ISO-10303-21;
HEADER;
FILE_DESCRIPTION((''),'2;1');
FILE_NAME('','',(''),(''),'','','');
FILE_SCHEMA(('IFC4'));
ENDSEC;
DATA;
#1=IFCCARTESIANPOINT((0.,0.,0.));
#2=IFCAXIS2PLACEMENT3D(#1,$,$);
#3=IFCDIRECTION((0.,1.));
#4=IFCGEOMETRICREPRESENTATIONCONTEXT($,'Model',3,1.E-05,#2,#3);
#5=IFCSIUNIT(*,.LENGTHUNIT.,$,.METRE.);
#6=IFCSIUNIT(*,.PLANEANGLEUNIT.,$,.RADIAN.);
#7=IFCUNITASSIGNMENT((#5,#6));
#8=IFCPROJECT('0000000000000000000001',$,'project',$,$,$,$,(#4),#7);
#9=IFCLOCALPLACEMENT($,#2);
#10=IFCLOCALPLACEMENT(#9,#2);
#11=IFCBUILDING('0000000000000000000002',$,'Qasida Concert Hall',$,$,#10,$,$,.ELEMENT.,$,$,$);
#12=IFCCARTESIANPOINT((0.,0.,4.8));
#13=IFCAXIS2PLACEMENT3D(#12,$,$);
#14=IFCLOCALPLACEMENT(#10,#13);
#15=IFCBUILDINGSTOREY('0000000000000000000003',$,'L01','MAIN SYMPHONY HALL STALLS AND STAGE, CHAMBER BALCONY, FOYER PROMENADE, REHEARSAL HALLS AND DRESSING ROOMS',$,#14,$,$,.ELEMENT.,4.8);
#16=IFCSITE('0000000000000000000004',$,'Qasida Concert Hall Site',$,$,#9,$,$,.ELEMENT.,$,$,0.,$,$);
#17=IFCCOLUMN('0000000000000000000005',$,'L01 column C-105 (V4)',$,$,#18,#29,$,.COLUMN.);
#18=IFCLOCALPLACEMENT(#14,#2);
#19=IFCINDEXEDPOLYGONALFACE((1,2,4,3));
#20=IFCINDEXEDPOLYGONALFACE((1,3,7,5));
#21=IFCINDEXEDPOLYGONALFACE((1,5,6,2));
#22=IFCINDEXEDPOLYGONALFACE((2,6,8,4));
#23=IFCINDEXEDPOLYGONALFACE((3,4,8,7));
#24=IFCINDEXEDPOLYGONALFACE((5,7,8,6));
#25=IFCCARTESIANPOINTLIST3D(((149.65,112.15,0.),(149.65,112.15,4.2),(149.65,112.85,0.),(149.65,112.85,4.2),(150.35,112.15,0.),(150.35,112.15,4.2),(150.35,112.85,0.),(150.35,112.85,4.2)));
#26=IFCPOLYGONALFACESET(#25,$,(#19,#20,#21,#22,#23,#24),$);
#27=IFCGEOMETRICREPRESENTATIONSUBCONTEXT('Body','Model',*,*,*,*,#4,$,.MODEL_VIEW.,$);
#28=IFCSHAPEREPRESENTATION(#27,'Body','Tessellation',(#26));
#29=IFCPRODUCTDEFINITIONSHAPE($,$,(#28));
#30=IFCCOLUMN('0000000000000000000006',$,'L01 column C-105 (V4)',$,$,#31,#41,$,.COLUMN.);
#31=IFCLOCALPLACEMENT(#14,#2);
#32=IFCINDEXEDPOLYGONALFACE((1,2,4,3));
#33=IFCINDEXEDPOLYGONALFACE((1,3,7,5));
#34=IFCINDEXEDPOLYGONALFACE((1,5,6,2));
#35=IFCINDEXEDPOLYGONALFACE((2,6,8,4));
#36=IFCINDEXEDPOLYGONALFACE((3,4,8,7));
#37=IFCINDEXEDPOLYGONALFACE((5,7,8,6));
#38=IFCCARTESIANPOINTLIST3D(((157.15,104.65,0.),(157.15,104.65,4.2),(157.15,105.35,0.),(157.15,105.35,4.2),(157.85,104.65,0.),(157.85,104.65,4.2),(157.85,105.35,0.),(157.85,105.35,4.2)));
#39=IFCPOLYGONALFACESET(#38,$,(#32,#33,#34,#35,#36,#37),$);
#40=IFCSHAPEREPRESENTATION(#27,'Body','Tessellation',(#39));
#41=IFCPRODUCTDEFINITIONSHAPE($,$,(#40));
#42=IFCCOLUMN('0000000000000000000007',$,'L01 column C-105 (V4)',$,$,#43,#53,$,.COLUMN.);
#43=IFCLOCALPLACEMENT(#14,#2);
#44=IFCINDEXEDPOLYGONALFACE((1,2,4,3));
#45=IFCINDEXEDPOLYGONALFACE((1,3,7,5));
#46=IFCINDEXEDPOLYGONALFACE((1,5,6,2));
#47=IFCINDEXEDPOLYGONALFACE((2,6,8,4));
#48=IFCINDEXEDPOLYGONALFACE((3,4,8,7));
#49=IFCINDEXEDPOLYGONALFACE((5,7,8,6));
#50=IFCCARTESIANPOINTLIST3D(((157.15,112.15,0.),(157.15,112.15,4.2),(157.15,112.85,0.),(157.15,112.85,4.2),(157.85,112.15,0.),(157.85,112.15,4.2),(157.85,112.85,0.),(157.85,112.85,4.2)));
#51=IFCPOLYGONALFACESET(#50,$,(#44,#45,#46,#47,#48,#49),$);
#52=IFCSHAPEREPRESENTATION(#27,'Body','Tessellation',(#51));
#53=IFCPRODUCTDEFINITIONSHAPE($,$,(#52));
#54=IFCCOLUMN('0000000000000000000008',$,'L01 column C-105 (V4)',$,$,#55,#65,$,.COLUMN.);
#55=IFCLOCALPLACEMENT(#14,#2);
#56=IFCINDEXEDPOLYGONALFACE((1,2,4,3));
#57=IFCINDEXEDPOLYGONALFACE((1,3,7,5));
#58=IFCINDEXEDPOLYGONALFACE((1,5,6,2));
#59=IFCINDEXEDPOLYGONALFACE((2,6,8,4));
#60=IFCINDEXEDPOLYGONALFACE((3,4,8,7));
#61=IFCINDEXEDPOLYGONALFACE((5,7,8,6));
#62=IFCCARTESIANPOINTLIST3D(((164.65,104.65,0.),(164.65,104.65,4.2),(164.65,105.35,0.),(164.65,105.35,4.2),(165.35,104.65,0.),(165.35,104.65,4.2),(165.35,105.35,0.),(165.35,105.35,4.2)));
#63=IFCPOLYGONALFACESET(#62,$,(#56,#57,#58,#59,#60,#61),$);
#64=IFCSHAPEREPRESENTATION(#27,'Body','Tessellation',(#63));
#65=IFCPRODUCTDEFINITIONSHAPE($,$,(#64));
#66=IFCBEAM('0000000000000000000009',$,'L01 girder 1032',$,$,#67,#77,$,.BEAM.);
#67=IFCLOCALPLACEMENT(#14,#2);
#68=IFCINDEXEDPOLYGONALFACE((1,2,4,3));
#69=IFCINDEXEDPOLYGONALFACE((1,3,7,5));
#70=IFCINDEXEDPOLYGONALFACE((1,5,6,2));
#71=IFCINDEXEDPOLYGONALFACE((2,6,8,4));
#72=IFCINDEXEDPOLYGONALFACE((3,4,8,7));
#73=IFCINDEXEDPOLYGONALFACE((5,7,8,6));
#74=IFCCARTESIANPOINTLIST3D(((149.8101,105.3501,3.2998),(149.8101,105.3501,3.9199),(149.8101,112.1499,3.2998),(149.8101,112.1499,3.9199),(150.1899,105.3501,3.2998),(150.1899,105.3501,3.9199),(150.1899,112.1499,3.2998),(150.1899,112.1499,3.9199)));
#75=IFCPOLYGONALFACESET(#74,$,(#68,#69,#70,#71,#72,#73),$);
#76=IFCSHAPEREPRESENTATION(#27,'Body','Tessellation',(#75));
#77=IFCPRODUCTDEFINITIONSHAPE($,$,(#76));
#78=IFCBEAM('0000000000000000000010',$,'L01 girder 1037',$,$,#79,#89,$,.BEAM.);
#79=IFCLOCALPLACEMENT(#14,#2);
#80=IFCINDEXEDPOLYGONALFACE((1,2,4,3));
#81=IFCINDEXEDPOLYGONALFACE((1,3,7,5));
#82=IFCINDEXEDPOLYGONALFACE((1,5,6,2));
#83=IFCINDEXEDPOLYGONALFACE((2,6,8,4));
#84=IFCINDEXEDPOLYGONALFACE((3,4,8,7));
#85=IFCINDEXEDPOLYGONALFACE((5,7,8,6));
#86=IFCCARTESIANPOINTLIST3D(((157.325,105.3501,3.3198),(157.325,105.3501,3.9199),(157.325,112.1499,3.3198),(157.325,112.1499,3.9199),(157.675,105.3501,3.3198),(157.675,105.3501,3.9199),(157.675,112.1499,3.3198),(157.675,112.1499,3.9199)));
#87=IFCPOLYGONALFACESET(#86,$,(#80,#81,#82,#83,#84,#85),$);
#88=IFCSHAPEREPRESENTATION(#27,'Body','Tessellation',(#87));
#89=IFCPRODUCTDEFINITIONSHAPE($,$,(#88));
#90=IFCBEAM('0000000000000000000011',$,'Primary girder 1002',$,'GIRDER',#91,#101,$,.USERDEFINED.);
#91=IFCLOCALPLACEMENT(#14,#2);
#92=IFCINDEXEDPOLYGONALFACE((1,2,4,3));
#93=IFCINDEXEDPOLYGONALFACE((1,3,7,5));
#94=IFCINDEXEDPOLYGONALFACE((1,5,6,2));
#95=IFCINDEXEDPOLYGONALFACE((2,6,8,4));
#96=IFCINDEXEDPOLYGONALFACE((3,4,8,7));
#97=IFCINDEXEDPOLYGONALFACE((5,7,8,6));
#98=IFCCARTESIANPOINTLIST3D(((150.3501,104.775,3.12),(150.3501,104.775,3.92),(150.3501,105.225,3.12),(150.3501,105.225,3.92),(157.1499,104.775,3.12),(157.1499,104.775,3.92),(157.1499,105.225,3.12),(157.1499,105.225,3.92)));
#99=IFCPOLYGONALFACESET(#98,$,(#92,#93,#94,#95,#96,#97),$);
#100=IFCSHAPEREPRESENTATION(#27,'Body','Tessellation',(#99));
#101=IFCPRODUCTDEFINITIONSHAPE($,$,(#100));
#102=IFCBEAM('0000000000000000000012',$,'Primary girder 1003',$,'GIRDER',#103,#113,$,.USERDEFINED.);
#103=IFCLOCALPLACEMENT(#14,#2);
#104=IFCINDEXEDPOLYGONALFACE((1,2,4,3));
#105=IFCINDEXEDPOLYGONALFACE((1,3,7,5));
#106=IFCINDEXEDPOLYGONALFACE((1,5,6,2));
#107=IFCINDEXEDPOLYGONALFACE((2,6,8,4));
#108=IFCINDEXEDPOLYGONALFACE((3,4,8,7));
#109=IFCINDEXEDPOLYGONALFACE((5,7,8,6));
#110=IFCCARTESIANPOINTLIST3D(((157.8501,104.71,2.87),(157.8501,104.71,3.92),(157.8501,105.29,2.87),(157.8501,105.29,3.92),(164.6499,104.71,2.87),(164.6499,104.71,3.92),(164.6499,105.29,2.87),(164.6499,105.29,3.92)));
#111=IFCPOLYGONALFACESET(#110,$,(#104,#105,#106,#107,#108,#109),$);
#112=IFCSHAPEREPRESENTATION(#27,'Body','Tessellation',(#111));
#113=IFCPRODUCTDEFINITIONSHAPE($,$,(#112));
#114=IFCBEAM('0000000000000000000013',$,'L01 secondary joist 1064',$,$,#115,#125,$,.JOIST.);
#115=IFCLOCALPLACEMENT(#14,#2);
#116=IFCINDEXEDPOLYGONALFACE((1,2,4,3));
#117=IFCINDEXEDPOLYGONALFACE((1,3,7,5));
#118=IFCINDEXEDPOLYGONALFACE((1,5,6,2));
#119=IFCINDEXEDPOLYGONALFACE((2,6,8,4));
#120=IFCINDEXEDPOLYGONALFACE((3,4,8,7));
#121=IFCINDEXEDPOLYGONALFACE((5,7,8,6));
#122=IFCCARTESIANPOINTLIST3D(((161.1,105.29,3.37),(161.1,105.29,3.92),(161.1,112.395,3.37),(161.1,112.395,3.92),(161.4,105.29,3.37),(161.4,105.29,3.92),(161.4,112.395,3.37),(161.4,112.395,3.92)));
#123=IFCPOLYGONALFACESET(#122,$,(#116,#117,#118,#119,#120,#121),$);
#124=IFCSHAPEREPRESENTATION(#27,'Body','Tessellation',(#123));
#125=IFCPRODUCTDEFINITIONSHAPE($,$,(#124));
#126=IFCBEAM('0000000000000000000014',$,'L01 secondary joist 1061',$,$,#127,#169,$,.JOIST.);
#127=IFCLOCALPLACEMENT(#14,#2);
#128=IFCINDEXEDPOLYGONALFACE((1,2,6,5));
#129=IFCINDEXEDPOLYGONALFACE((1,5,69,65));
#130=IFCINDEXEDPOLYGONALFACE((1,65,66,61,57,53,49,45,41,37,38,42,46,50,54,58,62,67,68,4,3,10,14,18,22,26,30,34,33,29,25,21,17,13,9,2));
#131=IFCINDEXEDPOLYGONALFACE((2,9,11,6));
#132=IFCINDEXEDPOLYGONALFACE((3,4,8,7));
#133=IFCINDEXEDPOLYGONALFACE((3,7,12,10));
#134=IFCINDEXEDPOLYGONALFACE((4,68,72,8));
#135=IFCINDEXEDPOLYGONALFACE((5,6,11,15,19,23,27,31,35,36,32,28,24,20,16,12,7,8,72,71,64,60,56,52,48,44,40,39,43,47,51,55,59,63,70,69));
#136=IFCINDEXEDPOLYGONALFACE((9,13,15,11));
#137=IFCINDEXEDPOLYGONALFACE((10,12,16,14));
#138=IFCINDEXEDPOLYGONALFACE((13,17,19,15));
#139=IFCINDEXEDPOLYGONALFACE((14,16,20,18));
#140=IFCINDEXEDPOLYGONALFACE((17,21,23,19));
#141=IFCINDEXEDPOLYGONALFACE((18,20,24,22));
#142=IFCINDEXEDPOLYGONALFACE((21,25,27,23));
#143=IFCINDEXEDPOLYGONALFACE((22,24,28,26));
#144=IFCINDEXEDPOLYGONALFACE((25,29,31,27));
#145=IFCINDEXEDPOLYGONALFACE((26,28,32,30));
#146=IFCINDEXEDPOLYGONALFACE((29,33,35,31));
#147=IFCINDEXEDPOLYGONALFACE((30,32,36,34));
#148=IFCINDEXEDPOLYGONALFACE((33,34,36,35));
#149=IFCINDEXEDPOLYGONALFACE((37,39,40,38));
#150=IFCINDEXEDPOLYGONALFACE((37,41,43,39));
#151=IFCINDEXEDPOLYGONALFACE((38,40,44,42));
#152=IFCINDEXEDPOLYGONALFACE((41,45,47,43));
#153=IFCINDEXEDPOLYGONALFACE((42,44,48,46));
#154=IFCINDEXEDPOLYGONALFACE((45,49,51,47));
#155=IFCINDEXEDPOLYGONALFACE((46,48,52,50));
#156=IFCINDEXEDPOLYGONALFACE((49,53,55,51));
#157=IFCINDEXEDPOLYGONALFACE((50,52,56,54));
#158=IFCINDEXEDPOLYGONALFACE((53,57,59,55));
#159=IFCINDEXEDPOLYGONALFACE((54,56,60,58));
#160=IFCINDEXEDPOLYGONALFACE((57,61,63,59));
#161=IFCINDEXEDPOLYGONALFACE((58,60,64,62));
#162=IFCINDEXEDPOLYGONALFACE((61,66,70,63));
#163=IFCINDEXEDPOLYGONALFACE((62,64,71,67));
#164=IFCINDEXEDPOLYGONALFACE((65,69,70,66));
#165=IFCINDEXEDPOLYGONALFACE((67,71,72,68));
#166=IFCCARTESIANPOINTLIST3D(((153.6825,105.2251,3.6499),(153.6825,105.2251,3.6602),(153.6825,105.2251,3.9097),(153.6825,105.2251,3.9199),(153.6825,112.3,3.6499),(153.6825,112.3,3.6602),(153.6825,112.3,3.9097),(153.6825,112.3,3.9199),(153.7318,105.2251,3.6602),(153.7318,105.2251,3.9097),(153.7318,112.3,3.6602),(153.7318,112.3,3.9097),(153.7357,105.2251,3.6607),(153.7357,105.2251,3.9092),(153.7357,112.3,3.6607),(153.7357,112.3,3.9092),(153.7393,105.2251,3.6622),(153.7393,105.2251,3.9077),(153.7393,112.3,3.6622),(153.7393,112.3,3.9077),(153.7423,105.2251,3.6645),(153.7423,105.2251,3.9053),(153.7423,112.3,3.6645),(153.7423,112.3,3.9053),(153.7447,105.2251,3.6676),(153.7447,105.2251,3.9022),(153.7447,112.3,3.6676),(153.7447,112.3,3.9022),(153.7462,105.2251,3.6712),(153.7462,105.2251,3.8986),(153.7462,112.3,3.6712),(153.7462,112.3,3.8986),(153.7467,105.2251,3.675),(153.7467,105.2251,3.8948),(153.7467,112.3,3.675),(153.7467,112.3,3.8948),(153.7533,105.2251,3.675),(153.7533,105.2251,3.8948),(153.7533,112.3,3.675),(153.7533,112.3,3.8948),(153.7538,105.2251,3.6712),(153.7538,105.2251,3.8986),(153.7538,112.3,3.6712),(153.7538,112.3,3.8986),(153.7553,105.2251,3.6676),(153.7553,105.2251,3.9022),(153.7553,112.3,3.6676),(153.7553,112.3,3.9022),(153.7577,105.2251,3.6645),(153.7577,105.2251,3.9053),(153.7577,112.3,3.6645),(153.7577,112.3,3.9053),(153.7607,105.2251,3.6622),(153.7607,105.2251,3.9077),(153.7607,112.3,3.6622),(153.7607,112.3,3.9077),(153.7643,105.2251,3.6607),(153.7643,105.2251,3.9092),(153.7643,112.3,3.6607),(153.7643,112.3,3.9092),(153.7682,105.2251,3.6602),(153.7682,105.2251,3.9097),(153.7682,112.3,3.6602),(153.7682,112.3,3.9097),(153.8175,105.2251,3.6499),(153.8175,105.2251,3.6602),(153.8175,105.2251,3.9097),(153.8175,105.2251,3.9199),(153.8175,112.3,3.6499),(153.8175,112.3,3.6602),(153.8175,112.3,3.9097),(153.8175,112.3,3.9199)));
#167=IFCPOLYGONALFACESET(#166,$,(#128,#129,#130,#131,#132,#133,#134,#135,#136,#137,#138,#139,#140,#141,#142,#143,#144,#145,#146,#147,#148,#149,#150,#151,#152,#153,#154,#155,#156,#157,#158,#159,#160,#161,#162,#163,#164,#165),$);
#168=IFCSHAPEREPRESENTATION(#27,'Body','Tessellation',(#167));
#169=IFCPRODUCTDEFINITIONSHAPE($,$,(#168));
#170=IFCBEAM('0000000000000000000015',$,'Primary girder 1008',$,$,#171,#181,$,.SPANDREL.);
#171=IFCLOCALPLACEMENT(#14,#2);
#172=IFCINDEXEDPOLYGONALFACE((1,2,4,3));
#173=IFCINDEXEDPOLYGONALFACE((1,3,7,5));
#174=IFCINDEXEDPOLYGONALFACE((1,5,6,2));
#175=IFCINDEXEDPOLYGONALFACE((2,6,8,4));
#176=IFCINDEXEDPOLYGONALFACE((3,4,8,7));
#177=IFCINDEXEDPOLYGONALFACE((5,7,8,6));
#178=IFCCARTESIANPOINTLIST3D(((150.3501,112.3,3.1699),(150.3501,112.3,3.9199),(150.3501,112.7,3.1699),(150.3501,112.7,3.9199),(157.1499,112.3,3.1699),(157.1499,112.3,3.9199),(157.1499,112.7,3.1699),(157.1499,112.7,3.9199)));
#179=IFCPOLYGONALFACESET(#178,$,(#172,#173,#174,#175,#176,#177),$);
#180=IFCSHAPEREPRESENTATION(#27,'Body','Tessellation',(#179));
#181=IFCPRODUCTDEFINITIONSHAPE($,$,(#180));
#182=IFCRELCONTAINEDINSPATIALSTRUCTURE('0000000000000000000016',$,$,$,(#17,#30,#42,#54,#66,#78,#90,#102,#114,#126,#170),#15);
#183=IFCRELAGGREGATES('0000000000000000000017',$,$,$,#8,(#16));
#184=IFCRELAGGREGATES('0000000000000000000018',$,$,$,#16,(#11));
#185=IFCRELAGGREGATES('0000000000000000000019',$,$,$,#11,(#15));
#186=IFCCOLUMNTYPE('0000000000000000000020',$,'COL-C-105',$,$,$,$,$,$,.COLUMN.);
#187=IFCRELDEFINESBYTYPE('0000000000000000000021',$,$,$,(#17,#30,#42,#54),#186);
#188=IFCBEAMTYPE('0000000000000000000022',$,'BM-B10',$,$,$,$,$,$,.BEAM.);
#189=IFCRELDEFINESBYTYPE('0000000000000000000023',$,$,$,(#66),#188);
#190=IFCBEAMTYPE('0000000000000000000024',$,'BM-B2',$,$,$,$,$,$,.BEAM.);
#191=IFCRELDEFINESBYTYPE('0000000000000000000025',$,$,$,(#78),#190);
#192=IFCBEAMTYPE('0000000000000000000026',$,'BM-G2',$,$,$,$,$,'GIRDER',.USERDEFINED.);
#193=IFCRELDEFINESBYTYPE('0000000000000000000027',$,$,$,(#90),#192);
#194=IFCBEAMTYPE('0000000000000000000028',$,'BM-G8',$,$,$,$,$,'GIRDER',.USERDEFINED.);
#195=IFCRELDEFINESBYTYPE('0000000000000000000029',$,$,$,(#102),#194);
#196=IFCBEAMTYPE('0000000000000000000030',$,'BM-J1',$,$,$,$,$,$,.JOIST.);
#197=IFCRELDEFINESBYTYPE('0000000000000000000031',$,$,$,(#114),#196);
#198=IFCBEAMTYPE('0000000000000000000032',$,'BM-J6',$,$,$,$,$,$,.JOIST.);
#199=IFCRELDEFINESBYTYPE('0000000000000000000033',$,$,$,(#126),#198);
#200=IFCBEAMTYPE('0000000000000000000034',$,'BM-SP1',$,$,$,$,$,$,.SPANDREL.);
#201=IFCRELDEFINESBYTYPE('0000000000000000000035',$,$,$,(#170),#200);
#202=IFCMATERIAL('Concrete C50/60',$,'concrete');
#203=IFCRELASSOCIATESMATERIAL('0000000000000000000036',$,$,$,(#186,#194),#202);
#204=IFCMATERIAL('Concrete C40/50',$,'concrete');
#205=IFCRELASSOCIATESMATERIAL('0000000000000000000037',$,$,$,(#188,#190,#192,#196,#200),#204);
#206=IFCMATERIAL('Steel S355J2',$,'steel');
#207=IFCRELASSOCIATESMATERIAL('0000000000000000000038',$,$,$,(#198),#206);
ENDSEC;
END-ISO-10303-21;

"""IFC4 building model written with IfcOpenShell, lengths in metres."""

from ifc_helpers import new_model, si_unit, direction, frame, origin, origin_2d, place, context, subcontext, project, spatial, rectangle, i_section, extrude, material, material_profile, profile_set, type_object, element, save


model = new_model("IFC4")

# Units and contexts
model_context = context("Model", 3, precision=1e-05, world=origin(), true_north=direction((0.0, 1.0)))
body_context = subcontext(model_context, "Body", "Model", "MODEL_VIEW")
ifc_project = project(units=[si_unit("LENGTHUNIT", "METRE"), si_unit("PLANEANGLEUNIT", "RADIAN")], contexts=[model_context])

# Site, building, storey
site_placement = place(None, origin())
site = spatial("IfcSite", under=ifc_project, at=site_placement, Name="Qasida Concert Hall Site", CompositionType="ELEMENT", RefElevation=0.0)
building_placement = place(site_placement, origin())
building = spatial("IfcBuilding", under=site, at=building_placement, Name="Qasida Concert Hall", CompositionType="ELEMENT")
storey_placement = place(building_placement, frame((0.0, 0.0, 4.8)))
storey = spatial("IfcBuildingStorey", under=building, at=storey_placement, Name="L01", Description="MAIN SYMPHONY HALL STALLS AND STAGE, CHAMBER BALCONY, FOYER PROMENADE, REHEARSAL HALLS AND DRESSING ROOMS", CompositionType="ELEMENT", Elevation=4.8)

# Columns
ifc_material_1 = material(Name="Concrete C50/60", Category="concrete")
ifc_material_profile_1 = material_profile(ifc_material_1, rectangle(XDim=0.7, YDim=0.7, at=origin_2d()), Name="RC 700x700")
ifc_profile_set_1 = profile_set([ifc_material_profile_1], Name="Concrete C50/60")
column_type = type_object("IfcColumnType", Name="COL-C-105", PredefinedType="COLUMN", material=ifc_profile_set_1)
for number, where, z_axis, x_axis, name in (
    (1, (150.0, 112.5, 0.0), (0.0, 0.0, 1.0), (1.0, 0.0, 0.0), "L01 column C-105 (V4)"),
    (2, (157.5, 105.0, 0.0), (0.0, 0.0, 1.0), (1.0, 0.0, 0.0), "L01 column C-105 (V4)"),
    (3, (157.5, 112.5, 0.0), (0.0, 0.0, 1.0), (1.0, 0.0, 0.0), "L01 column C-105 (V4)"),
    (4, (165.0, 105.0, 0.0), (0.0, 0.0, 1.0), (1.0, 0.0, 0.0), "L01 column C-105 (V4)"),
):
    element("IfcColumn", number, at=place(storey_placement, frame(where, z_axis=z_axis, x_axis=x_axis)), inside=storey, type_object=column_type, Name=name, PredefinedType="COLUMN", context=body_context, shape_type="SweptSolid", body=[
        extrude(rectangle(XDim=0.7, YDim=0.7, at=origin_2d()), origin(), (0.0, 0.0, 1.0), 4.2),
    ])

# Beams
ifc_material_2 = material(Name="Concrete C40/50", Category="concrete")
ifc_material_profile_2 = material_profile(ifc_material_2, rectangle(XDim=0.3799, YDim=0.6201, at=origin_2d()), Name="RC 380x620")
ifc_profile_set_2 = profile_set([ifc_material_profile_2], Name="Concrete C40/50")
beam_type_1 = type_object("IfcBeamType", Name="BM-B10", PredefinedType="BEAM", material=ifc_profile_set_2)
beam_1_placement = place(storey_placement, frame((150.0, 105.3501, 3.6099), z_axis=(0.0, 1.0, 0.0), x_axis=(-1.0, 0.0, 0.0)))
element("IfcBeam", 5, at=beam_1_placement, inside=storey, type_object=beam_type_1, Name="L01 girder 1032", PredefinedType="BEAM", context=body_context, shape_type="SweptSolid", body=[
    extrude(rectangle(XDim=0.3799, YDim=0.6201, at=origin_2d()), origin(), (0.0, 0.0, 1.0), 6.7998),
])
ifc_material_profile_3 = material_profile(ifc_material_2, rectangle(XDim=0.3501, YDim=0.6001, at=origin_2d()), Name="RC 350x600")
ifc_profile_set_3 = profile_set([ifc_material_profile_3], Name="Concrete C40/50")
beam_type_2 = type_object("IfcBeamType", Name="BM-B2", PredefinedType="BEAM", material=ifc_profile_set_3)
beam_2_placement = place(storey_placement, frame((157.5, 105.3501, 3.6199), z_axis=(0.0, 1.0, 0.0), x_axis=(-1.0, 0.0, 0.0)))
element("IfcBeam", 6, at=beam_2_placement, inside=storey, type_object=beam_type_2, Name="L01 girder 1037", PredefinedType="BEAM", context=body_context, shape_type="SweptSolid", body=[
    extrude(rectangle(XDim=0.3501, YDim=0.6001, at=origin_2d()), origin(), (0.0, 0.0, 1.0), 6.7998),
])
ifc_material_profile_4 = material_profile(ifc_material_2, rectangle(XDim=0.45, YDim=0.8, at=origin_2d()), Name="RC 450x800")
ifc_profile_set_4 = profile_set([ifc_material_profile_4], Name="Concrete C40/50")
beam_type_3 = type_object("IfcBeamType", Name="BM-G2", ElementType="GIRDER", PredefinedType="USERDEFINED", material=ifc_profile_set_4)
beam_3_placement = place(storey_placement, frame((150.3501, 105.0, 3.52), z_axis=(1.0, 0.0, 0.0), x_axis=(0.0, 1.0, 0.0)))
element("IfcBeam", 7, at=beam_3_placement, inside=storey, type_object=beam_type_3, Name="Primary girder 1002", ObjectType="GIRDER", PredefinedType="USERDEFINED", context=body_context, shape_type="SweptSolid", body=[
    extrude(rectangle(XDim=0.45, YDim=0.8, at=origin_2d()), origin(), (0.0, 0.0, 1.0), 6.7998),
])
ifc_material_profile_5 = material_profile(ifc_material_1, rectangle(XDim=0.5801, YDim=1.05, at=origin_2d()), Name="RC 580x1050")
ifc_profile_set_5 = profile_set([ifc_material_profile_5], Name="Concrete C50/60")
beam_type_4 = type_object("IfcBeamType", Name="BM-G8", ElementType="GIRDER", PredefinedType="USERDEFINED", material=ifc_profile_set_5)
beam_4_placement = place(storey_placement, frame((157.8501, 105.0, 3.395), z_axis=(1.0, 0.0, 0.0), x_axis=(0.0, 1.0, 0.0)))
element("IfcBeam", 8, at=beam_4_placement, inside=storey, type_object=beam_type_4, Name="Primary girder 1003", ObjectType="GIRDER", PredefinedType="USERDEFINED", context=body_context, shape_type="SweptSolid", body=[
    extrude(rectangle(XDim=0.5801, YDim=1.05, at=origin_2d()), origin(), (0.0, 0.0, 1.0), 6.7998),
])
ifc_material_profile_6 = material_profile(ifc_material_2, rectangle(XDim=0.3, YDim=0.55, at=origin_2d()), Name="RC 300x550")
ifc_profile_set_6 = profile_set([ifc_material_profile_6], Name="Concrete C40/50")
beam_type_5 = type_object("IfcBeamType", Name="BM-J1", PredefinedType="JOIST", material=ifc_profile_set_6)
beam_5_placement = place(storey_placement, frame((161.25, 105.29, 3.645), z_axis=(0.0, 1.0, 0.0), x_axis=(-1.0, 0.0, 0.0)))
element("IfcBeam", 9, at=beam_5_placement, inside=storey, type_object=beam_type_5, Name="L01 secondary joist 1064", PredefinedType="JOIST", context=body_context, shape_type="SweptSolid", body=[
    extrude(rectangle(XDim=0.3, YDim=0.55, at=origin_2d()), origin(), (0.0, 0.0, 1.0), 7.105),
])
ifc_material_3 = material(Name="Steel S355J2", Category="steel")
ifc_material_profile_7 = material_profile(ifc_material_3, i_section(OverallWidth=0.135, OverallDepth=0.27, WebThickness=0.0066, FlangeThickness=0.0103, FilletRadius=0.0149, at=origin_2d()), Name="IPE 270")
ifc_profile_set_7 = profile_set([ifc_material_profile_7], Name="Steel S355J2")
beam_type_6 = type_object("IfcBeamType", Name="BM-J6", PredefinedType="JOIST", material=ifc_profile_set_7)
beam_6_placement = place(storey_placement, frame((153.75, 105.2251, 3.7849), z_axis=(0.0, 1.0, 0.0), x_axis=(-1.0, 0.0, 0.0)))
element("IfcBeam", 10, at=beam_6_placement, inside=storey, type_object=beam_type_6, Name="L01 secondary joist 1061", PredefinedType="JOIST", context=body_context, shape_type="SweptSolid", body=[
    extrude(i_section(OverallWidth=0.135, OverallDepth=0.27, WebThickness=0.0066, FlangeThickness=0.0103, FilletRadius=0.0149, at=origin_2d()), origin(), (0.0, 0.0, 1.0), 7.075),
])
ifc_material_profile_8 = material_profile(ifc_material_2, rectangle(XDim=0.3999, YDim=0.75, at=origin_2d()), Name="RC 400x750")
ifc_profile_set_8 = profile_set([ifc_material_profile_8], Name="Concrete C40/50")
beam_type_7 = type_object("IfcBeamType", Name="BM-SP1", PredefinedType="SPANDREL", material=ifc_profile_set_8)
for number, where, z_axis, x_axis, name in (
    (11, (150.3501, 112.5, 3.5449), (1.0, 0.0, 0.0), (0.0, 1.0, 0.0), "Primary girder 1008"),
):
    element("IfcBeam", number, at=place(storey_placement, frame(where, z_axis=z_axis, x_axis=x_axis)), inside=storey, type_object=beam_type_7, Name=name, PredefinedType="SPANDREL", context=body_context, shape_type="SweptSolid", body=[
        extrude(rectangle(XDim=0.3999, YDim=0.75, at=origin_2d()), origin(), (0.0, 0.0, 1.0), 6.7998),
    ])

save(model, "model.ifc")
